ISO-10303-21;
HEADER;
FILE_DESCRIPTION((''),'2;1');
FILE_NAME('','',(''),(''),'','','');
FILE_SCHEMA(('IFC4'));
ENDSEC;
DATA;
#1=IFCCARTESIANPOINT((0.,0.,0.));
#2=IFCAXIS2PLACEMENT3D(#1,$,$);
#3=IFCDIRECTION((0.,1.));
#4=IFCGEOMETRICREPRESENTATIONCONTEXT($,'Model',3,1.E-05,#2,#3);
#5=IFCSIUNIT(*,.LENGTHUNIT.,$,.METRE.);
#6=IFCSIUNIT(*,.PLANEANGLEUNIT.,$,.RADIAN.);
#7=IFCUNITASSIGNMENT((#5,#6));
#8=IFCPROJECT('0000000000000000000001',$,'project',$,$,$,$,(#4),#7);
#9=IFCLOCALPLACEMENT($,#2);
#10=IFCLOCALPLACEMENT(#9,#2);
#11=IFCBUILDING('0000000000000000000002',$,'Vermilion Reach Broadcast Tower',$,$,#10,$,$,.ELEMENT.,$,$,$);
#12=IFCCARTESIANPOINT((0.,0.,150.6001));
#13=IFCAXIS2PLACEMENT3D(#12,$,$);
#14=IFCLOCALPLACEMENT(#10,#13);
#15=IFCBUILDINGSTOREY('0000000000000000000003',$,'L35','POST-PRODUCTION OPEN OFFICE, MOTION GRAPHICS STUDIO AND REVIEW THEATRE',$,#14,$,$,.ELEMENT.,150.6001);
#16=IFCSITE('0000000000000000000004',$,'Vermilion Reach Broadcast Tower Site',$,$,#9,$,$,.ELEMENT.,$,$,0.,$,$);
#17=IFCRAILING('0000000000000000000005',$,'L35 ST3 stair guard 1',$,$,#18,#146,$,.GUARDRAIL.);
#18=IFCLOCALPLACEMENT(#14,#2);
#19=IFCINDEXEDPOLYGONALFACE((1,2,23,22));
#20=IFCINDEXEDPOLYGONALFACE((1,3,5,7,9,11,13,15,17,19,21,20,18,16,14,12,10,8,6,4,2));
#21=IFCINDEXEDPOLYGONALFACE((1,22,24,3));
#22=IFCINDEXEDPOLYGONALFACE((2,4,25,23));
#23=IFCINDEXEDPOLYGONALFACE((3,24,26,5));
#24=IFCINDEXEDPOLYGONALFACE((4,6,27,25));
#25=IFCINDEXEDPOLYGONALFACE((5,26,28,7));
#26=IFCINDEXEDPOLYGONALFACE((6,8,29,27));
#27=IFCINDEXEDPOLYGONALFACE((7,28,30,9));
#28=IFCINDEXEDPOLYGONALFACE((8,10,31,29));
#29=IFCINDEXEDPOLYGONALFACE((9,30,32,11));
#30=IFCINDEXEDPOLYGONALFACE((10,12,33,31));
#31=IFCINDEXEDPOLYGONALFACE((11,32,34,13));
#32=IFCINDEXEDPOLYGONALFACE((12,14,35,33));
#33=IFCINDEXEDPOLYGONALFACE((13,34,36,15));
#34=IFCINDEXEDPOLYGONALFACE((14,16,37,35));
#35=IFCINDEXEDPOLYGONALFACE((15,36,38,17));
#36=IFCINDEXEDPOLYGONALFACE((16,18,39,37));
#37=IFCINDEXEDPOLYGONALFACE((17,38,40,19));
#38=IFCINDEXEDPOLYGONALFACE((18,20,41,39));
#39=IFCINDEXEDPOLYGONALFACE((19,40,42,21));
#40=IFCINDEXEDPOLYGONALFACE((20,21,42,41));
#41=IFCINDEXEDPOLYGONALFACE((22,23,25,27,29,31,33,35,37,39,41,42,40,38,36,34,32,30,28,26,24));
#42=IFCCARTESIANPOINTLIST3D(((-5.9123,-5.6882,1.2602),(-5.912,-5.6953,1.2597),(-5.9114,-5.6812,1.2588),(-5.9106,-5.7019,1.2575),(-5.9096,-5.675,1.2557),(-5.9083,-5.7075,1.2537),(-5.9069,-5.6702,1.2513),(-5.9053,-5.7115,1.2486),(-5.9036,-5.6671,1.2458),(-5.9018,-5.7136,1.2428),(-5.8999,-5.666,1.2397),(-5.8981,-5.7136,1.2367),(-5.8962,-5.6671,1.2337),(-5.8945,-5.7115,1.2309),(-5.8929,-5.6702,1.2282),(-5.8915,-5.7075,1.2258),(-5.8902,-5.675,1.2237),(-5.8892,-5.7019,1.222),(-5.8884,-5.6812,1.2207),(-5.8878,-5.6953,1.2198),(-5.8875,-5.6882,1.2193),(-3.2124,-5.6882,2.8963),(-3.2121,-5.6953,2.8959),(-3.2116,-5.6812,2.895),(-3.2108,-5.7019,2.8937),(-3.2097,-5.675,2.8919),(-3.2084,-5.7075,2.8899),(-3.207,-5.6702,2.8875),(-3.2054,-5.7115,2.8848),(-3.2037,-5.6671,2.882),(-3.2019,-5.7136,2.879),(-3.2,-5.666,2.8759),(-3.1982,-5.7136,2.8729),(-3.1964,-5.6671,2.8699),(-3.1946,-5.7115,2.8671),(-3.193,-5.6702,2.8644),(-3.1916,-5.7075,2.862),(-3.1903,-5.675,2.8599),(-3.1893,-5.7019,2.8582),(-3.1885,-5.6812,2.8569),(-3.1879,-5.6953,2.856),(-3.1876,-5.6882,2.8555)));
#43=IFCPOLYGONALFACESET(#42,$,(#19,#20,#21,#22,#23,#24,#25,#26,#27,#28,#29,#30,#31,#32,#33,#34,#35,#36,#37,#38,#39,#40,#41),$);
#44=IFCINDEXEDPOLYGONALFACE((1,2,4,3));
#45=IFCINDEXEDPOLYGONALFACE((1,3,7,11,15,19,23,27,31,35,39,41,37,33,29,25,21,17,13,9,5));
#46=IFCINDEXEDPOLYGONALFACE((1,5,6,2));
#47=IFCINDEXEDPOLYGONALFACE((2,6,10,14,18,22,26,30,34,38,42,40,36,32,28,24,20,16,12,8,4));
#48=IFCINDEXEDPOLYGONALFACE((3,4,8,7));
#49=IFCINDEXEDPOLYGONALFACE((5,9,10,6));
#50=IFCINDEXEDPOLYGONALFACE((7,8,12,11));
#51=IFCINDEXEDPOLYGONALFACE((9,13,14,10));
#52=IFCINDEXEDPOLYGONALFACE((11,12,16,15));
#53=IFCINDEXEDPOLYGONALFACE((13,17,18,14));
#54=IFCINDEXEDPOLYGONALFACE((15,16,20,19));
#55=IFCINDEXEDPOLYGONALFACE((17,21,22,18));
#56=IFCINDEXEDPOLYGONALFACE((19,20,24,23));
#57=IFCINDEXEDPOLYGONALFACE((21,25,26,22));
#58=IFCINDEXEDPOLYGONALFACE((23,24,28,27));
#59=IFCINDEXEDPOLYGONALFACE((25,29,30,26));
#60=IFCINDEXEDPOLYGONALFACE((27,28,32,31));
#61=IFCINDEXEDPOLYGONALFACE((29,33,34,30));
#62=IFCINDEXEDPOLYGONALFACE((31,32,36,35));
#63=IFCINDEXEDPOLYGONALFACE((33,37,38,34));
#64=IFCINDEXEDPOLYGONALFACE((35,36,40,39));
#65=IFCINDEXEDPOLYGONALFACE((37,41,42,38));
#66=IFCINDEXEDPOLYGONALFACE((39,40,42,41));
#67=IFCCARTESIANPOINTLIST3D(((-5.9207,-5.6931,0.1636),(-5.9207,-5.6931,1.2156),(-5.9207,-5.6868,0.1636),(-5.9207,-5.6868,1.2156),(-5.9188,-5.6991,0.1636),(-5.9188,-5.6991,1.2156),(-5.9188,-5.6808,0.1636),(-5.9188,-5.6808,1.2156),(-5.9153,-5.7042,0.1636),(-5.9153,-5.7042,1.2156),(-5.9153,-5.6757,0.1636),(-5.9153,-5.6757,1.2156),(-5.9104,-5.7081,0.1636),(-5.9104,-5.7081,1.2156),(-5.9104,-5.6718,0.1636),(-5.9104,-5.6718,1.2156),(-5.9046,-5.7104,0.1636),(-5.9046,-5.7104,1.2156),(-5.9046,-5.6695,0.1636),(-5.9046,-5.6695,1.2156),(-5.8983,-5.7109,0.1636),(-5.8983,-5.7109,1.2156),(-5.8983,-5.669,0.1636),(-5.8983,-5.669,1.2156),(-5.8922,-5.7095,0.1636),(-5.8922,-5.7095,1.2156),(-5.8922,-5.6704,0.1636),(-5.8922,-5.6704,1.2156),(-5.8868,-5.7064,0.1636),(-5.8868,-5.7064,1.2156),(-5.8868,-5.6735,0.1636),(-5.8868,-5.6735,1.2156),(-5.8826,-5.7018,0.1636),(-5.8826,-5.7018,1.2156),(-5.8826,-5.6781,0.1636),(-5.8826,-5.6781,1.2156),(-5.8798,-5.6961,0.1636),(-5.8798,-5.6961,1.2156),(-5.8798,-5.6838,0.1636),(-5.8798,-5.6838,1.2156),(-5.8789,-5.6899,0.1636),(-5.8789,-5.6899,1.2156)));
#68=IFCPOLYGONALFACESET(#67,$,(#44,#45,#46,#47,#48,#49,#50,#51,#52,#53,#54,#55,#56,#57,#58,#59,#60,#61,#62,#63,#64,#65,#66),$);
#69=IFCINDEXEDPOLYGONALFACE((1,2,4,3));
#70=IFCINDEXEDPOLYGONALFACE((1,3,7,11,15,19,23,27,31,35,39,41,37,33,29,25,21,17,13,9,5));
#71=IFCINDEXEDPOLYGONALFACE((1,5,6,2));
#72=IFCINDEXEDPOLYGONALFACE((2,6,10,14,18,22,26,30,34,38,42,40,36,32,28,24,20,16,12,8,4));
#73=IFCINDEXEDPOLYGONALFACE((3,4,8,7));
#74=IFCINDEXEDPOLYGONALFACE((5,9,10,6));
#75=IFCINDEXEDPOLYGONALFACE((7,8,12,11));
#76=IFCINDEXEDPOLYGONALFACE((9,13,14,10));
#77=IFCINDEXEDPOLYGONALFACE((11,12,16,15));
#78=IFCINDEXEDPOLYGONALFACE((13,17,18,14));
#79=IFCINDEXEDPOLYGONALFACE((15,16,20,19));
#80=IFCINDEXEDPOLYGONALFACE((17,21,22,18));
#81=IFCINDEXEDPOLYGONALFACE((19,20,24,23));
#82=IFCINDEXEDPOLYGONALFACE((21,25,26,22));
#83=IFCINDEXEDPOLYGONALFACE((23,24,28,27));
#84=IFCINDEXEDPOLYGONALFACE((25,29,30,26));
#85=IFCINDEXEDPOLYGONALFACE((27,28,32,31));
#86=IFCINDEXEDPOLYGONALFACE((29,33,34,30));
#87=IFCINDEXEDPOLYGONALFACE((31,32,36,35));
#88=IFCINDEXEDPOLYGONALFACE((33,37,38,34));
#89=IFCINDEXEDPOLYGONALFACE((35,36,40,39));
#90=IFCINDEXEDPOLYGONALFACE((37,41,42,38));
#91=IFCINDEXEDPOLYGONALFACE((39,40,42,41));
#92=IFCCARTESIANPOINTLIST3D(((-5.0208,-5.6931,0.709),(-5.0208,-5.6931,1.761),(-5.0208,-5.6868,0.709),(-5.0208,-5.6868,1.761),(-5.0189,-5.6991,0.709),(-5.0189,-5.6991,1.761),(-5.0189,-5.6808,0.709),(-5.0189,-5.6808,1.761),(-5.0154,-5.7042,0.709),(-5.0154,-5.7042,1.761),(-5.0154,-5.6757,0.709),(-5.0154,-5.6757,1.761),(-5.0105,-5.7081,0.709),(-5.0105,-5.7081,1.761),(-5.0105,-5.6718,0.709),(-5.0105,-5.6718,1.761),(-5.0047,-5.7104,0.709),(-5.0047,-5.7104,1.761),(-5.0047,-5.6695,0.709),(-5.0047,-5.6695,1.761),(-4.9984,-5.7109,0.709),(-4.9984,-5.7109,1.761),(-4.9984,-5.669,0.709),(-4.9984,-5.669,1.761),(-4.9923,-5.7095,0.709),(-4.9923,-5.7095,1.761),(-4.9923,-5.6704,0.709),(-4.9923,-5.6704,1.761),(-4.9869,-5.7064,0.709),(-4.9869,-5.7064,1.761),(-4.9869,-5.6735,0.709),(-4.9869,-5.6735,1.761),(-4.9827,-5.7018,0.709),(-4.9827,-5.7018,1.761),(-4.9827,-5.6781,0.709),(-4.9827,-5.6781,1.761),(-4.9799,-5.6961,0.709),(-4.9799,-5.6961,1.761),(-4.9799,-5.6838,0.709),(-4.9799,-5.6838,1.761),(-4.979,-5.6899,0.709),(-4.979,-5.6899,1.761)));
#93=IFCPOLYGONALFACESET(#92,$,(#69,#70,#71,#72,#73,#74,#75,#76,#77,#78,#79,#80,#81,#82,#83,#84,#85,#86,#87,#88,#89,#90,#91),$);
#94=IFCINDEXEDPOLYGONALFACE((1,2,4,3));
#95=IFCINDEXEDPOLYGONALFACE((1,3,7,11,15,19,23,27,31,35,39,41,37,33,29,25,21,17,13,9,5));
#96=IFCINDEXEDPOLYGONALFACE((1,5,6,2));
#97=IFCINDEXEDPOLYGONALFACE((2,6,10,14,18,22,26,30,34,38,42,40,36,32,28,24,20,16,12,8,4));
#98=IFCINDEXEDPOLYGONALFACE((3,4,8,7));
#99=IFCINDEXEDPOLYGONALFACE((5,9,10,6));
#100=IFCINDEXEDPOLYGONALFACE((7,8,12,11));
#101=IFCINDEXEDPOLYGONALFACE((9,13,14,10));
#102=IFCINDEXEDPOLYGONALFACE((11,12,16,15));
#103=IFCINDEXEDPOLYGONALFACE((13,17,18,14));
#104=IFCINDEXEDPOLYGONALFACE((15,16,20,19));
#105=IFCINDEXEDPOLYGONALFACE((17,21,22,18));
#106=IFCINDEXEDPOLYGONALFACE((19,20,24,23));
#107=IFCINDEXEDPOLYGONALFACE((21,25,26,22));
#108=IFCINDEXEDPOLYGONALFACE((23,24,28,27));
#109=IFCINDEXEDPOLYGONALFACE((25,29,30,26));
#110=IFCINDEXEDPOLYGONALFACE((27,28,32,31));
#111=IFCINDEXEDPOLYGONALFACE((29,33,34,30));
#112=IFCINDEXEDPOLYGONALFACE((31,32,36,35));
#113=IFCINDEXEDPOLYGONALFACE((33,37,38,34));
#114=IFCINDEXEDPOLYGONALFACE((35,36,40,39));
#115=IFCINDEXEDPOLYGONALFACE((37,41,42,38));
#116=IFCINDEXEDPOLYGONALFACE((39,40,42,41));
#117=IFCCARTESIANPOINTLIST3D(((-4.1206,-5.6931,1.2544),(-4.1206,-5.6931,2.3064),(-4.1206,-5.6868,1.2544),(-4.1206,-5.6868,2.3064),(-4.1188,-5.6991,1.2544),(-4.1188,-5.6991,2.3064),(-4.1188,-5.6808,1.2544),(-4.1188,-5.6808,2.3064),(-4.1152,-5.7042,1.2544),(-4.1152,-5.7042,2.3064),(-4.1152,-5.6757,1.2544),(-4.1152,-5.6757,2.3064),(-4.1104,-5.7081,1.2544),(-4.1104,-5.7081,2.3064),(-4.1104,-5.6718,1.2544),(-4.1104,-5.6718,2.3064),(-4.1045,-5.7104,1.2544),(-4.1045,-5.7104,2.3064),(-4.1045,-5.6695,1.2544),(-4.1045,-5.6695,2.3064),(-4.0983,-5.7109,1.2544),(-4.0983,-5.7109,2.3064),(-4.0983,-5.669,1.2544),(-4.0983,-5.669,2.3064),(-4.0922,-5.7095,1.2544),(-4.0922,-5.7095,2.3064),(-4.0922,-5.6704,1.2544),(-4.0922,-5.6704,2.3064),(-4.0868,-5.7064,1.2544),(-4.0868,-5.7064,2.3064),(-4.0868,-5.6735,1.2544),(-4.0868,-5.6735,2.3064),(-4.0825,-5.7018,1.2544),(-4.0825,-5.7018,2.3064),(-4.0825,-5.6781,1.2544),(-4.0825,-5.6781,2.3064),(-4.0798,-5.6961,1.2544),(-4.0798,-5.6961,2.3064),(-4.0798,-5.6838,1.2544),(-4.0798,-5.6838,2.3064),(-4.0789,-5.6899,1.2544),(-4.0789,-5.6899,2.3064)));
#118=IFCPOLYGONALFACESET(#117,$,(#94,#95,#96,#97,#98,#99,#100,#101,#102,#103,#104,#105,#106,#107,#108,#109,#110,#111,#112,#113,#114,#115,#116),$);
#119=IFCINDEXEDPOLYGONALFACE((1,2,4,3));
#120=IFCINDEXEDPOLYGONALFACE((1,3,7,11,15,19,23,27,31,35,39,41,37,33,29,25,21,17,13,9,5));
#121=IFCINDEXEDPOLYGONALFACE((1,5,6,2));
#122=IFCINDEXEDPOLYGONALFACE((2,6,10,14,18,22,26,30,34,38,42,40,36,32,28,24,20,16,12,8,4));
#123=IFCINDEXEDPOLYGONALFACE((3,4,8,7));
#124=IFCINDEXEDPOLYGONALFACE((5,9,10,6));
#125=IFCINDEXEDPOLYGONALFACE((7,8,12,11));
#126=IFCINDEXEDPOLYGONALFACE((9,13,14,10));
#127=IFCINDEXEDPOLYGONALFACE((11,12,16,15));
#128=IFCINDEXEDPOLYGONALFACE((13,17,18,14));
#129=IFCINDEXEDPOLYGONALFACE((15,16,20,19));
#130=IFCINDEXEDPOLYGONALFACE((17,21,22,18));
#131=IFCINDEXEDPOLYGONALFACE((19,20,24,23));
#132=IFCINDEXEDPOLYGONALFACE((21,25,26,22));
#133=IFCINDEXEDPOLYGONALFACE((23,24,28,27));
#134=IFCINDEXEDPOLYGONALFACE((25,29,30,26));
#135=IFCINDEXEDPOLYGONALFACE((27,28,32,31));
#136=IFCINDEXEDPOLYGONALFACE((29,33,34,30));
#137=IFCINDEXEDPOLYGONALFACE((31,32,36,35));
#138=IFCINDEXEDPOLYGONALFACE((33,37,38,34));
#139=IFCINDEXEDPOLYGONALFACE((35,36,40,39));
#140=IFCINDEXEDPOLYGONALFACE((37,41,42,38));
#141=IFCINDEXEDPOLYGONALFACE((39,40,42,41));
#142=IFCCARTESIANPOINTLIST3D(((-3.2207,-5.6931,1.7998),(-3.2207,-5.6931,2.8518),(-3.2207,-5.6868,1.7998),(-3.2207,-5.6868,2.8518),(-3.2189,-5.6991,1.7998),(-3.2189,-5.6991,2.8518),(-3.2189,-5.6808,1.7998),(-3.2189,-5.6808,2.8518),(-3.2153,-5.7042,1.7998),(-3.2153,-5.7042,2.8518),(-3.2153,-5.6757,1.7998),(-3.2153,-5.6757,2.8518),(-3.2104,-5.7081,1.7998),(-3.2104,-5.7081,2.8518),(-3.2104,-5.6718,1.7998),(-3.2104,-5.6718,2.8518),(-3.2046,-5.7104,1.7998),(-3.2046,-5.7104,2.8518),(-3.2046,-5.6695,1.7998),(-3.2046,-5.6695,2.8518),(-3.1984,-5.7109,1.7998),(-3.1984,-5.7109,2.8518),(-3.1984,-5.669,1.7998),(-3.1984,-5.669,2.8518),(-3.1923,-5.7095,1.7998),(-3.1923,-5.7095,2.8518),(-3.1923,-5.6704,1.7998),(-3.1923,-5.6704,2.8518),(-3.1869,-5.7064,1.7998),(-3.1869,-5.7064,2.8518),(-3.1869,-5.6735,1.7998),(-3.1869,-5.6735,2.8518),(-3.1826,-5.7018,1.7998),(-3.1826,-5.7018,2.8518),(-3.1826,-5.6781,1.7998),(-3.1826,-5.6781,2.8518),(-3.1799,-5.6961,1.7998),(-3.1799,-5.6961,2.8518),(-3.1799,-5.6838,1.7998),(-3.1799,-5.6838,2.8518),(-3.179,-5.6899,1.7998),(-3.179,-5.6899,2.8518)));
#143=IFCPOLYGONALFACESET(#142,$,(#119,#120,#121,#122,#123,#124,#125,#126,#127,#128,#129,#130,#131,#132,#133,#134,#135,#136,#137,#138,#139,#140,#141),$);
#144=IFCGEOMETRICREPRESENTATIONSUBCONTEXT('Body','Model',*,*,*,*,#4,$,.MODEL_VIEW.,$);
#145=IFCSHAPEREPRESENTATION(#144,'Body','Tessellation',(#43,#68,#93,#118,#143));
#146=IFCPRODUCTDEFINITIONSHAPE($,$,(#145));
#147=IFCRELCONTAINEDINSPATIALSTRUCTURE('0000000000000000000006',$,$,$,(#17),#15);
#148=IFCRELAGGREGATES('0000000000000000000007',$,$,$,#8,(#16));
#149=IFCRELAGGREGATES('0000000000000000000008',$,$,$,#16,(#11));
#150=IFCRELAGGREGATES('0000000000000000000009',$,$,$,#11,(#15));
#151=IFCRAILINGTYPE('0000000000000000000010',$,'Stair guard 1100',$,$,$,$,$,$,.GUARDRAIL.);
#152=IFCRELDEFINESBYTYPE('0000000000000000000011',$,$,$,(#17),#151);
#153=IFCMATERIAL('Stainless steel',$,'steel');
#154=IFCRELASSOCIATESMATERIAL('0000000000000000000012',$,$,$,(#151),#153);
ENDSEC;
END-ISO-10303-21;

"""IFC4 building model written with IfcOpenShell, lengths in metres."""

from ifc_helpers import new_model, si_unit, direction, frame, origin, origin_2d, place, context, subcontext, project, spatial, circle, extrude, material, type_object, element, save


model = new_model("IFC4")

# Units and contexts
model_context = context("Model", 3, precision=1e-05, world=origin(), true_north=direction((0.0, 1.0)))
body_context = subcontext(model_context, "Body", "Model", "MODEL_VIEW")
ifc_project = project(units=[si_unit("LENGTHUNIT", "METRE"), si_unit("PLANEANGLEUNIT", "RADIAN")], contexts=[model_context])

# Site, building, storey
site_placement = place(None, origin())
site = spatial("IfcSite", under=ifc_project, at=site_placement, Name="Vermilion Reach Broadcast Tower Site", CompositionType="ELEMENT", RefElevation=0.0)
building_placement = place(site_placement, origin())
building = spatial("IfcBuilding", under=site, at=building_placement, Name="Vermilion Reach Broadcast Tower", CompositionType="ELEMENT")
storey_placement = place(building_placement, frame((0.0, 0.0, 150.6001)))
storey = spatial("IfcBuildingStorey", under=building, at=storey_placement, Name="L35", Description="POST-PRODUCTION OPEN OFFICE, MOTION GRAPHICS STUDIO AND REVIEW THEATRE", CompositionType="ELEMENT", Elevation=150.6001)

# Railing
ifc_material_1 = material(Name="Stainless steel", Category="steel")
railing_type_1 = type_object("IfcRailingType", Name="Stair guard 1100", PredefinedType="GUARDRAIL", material=ifc_material_1)
railing_1_placement = place(storey_placement, frame((-5.8999, -5.6899, 0.1636)))
element("IfcRailing", 1, at=railing_1_placement, inside=storey, type_object=railing_type_1, Name="L35 ST3 stair guard 1", PredefinedType="GUARDRAIL", context=body_context, shape_type="SweptSolid", body=[
    extrude(circle(Radius=0.0239, at=origin_2d()), frame((0.0, 0.0, 1.0762), z_axis=(0.855212, 0.0, 0.518278), x_axis=(0.0, 1.0, 0.0)), (0.0, 0.0, 1.0), 3.157),
    extrude(circle(Radius=0.021, at=origin_2d()), origin(), (0.0, 0.0, 1.0), 1.052),
    extrude(circle(Radius=0.021, at=origin_2d()), frame((0.8999, 0.0, 0.5454)), (0.0, 0.0, 1.0), 1.052),
    extrude(circle(Radius=0.021, at=origin_2d()), frame((1.8, 0.0, 1.0908)), (0.0, 0.0, 1.0), 1.052),
    extrude(circle(Radius=0.021, at=origin_2d()), frame((2.7, 0.0, 1.6362)), (0.0, 0.0, 1.0), 1.052),
])

save(model, "model.ifc")
